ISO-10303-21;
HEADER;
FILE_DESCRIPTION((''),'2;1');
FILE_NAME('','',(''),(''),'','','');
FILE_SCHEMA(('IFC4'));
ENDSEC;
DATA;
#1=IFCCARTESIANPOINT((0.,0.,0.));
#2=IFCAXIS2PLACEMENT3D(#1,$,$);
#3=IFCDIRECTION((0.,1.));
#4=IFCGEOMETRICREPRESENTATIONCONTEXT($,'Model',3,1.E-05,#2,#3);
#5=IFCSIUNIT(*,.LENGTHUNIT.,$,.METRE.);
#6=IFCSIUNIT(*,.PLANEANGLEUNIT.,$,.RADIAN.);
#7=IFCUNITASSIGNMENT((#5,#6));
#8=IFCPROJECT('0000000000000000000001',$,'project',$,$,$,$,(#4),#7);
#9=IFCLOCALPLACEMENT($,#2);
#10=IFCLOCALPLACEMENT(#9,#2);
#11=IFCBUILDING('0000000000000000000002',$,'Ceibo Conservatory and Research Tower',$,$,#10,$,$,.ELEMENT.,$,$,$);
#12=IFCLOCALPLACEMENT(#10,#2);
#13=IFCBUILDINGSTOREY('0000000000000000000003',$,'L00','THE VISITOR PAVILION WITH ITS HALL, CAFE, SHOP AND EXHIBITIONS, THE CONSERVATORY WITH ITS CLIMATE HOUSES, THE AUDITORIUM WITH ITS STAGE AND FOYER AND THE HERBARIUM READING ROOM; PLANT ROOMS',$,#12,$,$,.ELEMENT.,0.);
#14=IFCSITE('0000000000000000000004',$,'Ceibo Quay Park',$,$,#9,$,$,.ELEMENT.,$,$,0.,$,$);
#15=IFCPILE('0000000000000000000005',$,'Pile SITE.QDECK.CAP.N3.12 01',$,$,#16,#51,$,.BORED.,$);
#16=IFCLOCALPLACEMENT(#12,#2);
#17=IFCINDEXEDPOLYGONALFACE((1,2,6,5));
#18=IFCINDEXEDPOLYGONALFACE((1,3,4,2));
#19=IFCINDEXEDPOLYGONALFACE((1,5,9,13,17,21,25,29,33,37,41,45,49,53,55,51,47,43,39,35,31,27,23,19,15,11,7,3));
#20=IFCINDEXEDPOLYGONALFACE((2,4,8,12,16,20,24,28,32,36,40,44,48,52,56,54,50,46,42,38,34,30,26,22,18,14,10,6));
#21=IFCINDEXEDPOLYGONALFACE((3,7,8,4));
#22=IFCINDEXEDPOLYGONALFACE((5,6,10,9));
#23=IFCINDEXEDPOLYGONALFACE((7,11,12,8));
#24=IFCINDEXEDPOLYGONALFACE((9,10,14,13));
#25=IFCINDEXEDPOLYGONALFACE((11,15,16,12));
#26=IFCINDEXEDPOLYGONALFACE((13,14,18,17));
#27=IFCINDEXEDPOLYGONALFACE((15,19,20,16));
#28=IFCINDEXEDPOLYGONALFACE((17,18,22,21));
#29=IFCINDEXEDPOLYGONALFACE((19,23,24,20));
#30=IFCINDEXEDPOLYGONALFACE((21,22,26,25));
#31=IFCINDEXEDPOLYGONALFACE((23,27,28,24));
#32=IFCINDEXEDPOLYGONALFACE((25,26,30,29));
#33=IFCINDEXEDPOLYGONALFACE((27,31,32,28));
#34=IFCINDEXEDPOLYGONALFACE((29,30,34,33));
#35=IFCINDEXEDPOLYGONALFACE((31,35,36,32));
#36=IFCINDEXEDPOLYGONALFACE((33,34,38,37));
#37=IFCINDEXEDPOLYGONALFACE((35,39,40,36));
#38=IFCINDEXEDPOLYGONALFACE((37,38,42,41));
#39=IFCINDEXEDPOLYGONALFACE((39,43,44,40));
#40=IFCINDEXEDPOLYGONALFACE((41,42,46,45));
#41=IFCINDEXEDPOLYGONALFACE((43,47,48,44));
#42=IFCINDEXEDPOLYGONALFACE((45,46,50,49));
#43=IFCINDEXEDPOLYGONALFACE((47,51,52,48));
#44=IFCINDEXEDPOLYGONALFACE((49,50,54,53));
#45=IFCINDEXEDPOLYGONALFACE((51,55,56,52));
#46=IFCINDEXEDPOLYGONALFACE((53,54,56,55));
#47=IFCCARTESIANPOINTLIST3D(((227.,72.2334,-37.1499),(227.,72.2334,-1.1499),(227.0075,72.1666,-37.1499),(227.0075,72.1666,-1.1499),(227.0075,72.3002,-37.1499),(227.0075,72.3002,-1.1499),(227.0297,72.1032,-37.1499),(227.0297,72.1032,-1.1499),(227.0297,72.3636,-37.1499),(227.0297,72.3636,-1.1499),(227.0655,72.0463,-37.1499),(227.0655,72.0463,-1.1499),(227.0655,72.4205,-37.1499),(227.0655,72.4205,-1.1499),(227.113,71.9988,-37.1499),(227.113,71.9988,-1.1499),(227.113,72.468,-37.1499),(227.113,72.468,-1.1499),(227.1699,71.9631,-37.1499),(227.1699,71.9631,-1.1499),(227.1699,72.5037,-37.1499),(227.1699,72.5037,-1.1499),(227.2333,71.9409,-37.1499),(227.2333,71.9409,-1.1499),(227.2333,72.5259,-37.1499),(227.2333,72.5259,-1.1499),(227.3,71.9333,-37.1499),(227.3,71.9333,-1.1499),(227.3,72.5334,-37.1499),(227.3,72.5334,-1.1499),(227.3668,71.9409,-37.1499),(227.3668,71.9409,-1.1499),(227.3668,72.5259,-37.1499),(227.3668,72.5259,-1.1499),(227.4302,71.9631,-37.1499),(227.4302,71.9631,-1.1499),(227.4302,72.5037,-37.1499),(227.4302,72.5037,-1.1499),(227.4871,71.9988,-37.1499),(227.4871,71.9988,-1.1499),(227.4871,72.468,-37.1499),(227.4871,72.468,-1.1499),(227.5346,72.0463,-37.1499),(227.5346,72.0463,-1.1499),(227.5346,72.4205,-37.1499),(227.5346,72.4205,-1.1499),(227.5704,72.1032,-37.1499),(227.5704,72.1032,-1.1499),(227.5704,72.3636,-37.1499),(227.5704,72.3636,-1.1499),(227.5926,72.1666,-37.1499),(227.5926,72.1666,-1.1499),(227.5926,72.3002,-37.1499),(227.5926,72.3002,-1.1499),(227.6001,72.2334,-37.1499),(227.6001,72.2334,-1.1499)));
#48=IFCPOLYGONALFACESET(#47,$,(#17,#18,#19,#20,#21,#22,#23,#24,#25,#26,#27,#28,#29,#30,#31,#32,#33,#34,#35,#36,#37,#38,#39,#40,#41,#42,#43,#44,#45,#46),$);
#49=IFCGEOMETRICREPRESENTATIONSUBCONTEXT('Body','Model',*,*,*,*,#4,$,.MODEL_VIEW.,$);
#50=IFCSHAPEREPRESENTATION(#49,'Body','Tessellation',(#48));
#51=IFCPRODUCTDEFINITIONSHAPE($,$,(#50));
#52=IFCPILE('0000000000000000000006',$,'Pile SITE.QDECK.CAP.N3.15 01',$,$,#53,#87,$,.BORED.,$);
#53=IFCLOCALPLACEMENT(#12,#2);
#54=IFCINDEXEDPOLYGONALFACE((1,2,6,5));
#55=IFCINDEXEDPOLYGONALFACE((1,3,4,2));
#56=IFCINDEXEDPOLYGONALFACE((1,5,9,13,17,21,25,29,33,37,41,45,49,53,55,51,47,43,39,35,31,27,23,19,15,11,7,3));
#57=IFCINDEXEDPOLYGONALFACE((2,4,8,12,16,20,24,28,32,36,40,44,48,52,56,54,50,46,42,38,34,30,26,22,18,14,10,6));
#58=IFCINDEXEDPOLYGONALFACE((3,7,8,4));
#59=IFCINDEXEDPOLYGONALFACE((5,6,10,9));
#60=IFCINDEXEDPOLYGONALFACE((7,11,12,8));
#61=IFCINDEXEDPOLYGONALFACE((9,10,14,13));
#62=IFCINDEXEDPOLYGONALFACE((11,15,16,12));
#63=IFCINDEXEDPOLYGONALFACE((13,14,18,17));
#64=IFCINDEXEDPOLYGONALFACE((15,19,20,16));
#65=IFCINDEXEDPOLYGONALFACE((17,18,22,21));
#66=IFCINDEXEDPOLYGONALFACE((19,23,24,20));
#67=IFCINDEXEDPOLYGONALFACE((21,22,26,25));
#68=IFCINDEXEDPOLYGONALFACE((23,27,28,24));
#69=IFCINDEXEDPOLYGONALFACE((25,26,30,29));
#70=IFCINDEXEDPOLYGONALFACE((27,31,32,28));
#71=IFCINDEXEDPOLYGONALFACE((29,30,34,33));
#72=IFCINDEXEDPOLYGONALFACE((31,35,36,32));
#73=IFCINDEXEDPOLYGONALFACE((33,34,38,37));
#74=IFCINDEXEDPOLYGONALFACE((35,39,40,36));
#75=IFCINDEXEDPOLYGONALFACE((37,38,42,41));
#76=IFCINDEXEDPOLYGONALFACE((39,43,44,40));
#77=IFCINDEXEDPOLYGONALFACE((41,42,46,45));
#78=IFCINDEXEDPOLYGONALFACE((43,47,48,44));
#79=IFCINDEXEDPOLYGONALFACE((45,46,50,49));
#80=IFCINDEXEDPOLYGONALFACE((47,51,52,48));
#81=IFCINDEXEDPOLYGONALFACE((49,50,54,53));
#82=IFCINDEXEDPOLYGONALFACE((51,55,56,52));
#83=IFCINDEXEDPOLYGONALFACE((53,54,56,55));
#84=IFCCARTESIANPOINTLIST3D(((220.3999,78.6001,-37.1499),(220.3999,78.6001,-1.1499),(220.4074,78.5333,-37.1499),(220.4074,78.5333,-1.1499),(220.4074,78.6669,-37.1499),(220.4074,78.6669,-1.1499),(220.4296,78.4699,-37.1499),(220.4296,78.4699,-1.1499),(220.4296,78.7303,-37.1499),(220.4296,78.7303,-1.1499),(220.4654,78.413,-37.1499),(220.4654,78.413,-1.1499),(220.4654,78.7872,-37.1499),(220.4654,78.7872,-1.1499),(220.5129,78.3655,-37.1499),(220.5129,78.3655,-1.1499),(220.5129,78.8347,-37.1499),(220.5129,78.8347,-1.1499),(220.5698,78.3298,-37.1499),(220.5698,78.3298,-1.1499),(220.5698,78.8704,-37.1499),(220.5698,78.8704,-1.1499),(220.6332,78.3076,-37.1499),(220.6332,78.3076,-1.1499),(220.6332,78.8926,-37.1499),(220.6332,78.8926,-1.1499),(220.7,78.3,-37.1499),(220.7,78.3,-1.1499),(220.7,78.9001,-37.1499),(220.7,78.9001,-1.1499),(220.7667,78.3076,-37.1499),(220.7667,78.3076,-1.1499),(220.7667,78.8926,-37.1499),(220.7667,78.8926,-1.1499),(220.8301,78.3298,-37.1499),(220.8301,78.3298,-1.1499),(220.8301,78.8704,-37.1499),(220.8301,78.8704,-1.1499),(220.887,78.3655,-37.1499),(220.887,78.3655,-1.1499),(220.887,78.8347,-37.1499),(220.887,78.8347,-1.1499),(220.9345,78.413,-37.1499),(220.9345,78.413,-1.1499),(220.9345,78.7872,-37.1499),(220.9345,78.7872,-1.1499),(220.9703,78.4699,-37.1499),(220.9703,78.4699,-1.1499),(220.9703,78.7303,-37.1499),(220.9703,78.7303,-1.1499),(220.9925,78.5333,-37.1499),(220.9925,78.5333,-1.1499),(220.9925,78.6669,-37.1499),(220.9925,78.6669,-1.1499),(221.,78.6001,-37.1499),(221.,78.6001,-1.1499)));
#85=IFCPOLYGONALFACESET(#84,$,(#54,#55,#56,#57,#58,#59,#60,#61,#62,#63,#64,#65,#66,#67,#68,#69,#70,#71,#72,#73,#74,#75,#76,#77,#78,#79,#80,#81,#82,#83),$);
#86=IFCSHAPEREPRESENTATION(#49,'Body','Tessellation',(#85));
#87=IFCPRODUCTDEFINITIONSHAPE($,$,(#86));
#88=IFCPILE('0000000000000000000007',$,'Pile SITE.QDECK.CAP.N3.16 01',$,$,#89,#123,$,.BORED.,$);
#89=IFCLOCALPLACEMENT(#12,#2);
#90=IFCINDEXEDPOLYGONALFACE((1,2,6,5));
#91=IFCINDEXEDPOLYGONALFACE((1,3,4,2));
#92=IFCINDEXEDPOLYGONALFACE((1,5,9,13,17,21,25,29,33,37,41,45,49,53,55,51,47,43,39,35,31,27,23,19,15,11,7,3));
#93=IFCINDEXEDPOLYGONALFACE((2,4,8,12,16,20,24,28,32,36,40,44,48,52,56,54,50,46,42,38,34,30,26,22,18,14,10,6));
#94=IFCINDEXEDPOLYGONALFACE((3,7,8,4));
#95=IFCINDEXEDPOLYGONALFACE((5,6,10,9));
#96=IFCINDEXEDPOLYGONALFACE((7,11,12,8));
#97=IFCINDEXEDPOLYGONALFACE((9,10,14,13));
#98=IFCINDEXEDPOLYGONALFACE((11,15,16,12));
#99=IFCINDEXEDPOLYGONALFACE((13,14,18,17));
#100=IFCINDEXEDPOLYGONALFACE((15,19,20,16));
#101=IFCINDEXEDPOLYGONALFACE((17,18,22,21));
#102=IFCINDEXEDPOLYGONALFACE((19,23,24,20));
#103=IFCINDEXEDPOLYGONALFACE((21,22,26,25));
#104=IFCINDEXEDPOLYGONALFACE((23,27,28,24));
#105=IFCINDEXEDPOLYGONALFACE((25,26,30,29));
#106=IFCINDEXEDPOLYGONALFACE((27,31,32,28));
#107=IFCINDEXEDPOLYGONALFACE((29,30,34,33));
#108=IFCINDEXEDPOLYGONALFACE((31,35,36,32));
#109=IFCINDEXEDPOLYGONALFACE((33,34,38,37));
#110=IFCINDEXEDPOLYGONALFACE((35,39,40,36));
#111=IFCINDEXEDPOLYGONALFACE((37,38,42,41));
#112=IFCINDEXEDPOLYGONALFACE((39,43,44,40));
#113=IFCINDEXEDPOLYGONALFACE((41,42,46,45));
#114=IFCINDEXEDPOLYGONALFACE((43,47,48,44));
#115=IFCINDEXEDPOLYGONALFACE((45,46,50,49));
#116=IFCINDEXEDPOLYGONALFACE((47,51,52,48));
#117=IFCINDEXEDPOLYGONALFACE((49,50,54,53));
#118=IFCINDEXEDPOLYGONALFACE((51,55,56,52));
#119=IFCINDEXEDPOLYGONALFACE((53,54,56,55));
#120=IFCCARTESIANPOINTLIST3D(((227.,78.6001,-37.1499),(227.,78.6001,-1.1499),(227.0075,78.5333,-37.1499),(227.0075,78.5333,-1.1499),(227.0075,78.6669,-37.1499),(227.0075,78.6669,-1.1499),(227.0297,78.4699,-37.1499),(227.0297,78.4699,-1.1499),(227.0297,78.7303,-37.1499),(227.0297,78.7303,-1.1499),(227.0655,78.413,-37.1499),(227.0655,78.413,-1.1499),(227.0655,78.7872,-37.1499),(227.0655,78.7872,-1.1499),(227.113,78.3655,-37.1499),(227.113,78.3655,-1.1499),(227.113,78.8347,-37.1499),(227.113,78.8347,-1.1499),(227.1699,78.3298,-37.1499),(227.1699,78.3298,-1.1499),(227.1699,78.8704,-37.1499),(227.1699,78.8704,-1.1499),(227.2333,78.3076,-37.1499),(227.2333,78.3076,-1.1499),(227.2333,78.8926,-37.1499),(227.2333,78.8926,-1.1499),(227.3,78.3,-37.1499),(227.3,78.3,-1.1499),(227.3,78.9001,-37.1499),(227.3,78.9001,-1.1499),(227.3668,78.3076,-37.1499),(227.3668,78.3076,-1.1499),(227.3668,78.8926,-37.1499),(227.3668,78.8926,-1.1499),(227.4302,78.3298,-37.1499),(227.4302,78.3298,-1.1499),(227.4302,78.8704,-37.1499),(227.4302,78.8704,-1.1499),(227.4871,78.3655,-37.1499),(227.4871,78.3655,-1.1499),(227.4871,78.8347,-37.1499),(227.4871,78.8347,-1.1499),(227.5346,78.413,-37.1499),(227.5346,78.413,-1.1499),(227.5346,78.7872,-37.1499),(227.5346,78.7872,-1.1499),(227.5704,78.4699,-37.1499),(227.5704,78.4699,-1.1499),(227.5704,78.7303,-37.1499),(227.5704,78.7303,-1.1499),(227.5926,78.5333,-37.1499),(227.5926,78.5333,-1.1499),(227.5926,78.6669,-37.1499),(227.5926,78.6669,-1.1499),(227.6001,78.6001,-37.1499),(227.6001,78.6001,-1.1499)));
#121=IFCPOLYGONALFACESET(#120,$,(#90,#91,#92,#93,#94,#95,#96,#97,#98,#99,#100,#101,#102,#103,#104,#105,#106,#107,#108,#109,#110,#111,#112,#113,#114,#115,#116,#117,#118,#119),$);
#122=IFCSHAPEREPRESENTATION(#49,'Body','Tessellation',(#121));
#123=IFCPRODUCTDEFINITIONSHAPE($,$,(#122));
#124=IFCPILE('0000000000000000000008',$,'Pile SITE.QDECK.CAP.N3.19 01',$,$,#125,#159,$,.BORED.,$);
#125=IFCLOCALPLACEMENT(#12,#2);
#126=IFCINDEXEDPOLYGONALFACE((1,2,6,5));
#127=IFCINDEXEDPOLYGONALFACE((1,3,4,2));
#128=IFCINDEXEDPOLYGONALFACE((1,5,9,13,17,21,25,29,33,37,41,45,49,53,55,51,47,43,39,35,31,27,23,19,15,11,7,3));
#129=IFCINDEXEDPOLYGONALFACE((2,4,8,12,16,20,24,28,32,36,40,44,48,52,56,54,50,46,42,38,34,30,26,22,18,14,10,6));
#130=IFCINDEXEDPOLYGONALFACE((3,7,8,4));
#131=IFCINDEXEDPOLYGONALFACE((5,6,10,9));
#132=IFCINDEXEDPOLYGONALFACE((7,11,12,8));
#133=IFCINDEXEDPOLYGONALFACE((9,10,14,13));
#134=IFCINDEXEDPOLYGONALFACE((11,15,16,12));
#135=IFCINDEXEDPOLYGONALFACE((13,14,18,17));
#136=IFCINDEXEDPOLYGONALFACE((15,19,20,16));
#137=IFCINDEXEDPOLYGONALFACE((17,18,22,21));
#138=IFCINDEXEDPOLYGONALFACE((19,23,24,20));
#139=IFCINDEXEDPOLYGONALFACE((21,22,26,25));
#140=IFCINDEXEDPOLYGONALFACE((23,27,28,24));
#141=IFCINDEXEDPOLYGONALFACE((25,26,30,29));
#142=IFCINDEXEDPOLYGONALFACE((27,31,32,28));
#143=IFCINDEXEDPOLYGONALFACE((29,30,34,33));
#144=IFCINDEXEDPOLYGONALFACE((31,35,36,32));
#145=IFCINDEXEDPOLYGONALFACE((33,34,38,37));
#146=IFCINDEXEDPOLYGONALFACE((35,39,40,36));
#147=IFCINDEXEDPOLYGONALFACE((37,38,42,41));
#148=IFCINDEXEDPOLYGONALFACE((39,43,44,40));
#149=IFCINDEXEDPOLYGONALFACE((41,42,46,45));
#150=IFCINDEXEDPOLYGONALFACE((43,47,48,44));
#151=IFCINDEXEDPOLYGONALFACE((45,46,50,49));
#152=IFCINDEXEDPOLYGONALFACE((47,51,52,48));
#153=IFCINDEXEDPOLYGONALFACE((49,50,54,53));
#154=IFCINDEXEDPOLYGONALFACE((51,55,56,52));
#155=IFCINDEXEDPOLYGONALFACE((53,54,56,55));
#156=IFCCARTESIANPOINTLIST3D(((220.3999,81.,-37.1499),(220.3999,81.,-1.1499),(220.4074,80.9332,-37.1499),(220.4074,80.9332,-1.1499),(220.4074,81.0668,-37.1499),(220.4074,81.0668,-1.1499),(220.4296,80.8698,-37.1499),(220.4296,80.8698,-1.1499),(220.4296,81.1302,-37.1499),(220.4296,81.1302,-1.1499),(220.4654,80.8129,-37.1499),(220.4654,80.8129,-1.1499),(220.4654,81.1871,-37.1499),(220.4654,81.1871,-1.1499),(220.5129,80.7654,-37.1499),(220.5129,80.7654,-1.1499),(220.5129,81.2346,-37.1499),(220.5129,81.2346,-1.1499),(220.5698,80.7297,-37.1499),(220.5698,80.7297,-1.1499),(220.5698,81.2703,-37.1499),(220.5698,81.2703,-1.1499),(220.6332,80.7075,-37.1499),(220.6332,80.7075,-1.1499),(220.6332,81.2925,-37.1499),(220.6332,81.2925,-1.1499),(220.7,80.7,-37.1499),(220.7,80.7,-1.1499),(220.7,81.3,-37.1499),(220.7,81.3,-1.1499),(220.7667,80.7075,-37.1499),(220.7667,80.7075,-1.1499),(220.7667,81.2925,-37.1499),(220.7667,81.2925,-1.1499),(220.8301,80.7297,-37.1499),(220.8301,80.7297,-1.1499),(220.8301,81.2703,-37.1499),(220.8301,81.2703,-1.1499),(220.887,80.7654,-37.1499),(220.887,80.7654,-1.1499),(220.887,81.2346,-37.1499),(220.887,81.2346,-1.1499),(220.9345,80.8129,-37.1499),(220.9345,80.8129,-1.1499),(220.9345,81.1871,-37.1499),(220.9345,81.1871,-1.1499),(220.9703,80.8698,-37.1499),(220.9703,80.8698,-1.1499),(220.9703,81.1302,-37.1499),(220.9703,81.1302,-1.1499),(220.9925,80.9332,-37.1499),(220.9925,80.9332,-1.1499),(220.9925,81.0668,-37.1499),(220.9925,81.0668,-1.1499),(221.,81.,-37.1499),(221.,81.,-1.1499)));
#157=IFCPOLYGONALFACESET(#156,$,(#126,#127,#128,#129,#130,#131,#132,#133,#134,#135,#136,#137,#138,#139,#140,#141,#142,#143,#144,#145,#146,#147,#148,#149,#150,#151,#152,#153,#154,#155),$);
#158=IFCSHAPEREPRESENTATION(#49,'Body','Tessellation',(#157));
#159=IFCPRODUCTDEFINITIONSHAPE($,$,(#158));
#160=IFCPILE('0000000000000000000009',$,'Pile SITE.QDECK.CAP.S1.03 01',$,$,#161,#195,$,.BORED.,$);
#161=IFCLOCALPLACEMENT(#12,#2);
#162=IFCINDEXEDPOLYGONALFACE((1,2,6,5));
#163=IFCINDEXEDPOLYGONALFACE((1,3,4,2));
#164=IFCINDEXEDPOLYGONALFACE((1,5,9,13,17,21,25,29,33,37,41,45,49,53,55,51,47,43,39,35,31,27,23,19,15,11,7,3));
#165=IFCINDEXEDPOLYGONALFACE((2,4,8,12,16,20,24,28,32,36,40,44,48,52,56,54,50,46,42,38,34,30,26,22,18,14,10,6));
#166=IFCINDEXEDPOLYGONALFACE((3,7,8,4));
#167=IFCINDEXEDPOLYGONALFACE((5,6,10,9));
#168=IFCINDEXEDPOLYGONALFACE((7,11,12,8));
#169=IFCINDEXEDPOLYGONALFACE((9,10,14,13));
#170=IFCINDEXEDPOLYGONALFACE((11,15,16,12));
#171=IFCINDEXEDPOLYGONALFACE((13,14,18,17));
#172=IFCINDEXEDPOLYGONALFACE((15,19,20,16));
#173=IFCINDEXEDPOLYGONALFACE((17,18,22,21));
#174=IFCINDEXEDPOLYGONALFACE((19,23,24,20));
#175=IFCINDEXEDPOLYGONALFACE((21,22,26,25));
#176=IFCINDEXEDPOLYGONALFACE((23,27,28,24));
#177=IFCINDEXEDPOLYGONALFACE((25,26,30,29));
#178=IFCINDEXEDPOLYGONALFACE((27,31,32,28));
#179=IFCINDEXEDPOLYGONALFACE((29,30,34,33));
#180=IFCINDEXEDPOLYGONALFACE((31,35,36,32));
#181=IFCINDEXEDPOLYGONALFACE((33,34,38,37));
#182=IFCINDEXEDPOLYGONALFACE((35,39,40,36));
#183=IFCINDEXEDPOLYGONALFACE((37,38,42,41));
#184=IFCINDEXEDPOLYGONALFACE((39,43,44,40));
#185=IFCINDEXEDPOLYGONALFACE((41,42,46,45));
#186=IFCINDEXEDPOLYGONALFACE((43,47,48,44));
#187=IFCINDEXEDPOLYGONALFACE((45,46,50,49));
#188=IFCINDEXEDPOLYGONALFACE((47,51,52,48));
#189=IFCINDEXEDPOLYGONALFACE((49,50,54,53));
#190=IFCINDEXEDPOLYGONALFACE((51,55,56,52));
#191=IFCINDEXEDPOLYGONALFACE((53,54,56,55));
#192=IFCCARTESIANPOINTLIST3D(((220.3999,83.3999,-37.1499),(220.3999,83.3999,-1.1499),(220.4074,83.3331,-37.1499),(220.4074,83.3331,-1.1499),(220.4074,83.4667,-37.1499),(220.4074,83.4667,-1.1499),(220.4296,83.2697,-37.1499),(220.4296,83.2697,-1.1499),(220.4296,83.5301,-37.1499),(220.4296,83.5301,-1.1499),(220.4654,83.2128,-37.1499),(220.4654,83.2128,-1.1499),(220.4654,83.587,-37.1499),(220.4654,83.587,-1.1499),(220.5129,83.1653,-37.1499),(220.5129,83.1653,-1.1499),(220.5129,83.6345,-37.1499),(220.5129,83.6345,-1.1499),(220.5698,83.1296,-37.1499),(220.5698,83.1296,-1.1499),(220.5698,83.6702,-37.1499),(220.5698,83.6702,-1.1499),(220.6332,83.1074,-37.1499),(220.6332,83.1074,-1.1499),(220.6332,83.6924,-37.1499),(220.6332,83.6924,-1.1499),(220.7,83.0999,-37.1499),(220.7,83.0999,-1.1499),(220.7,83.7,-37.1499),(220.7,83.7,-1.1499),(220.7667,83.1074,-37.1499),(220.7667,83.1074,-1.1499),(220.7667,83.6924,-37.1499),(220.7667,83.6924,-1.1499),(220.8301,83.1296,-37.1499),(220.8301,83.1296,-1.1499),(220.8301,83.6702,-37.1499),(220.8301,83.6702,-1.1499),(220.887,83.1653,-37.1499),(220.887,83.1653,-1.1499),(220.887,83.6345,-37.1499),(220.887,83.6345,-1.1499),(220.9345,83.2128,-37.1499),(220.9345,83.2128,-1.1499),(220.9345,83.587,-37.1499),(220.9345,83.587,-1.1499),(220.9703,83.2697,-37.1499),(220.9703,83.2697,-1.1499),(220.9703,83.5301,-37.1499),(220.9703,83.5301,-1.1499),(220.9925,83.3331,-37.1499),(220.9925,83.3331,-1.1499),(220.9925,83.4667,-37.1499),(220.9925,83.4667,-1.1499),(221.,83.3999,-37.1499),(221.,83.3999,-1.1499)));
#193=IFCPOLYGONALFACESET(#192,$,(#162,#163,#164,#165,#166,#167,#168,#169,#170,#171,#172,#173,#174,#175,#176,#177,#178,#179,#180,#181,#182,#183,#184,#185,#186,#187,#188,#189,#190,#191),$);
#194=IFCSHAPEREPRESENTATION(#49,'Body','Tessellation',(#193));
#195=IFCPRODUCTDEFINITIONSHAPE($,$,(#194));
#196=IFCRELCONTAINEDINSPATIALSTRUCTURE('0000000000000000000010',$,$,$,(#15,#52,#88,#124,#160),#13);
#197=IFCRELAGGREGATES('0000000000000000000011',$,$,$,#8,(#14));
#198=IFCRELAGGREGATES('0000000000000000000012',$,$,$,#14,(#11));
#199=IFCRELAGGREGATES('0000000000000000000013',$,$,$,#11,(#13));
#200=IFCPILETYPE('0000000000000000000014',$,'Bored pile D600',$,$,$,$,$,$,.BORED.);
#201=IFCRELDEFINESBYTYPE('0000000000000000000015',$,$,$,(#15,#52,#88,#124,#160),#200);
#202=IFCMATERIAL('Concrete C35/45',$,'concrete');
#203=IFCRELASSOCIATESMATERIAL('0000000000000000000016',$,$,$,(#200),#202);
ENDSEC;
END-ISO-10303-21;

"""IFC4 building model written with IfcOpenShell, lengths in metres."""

from ifc_helpers import new_model, si_unit, direction, frame, origin, origin_2d, place, context, subcontext, project, spatial, circle, extrude, material, material_profile, profile_set, type_object, element, save


model = new_model("IFC4")

# Units and contexts
model_context = context("Model", 3, precision=1e-05, world=origin(), true_north=direction((0.0, 1.0)))
body_context = subcontext(model_context, "Body", "Model", "MODEL_VIEW")
ifc_project = project(units=[si_unit("LENGTHUNIT", "METRE"), si_unit("PLANEANGLEUNIT", "RADIAN")], contexts=[model_context])

# Site, building, storey
site_placement = place(None, origin())
site = spatial("IfcSite", under=ifc_project, at=site_placement, Name="Ceibo Quay Park", CompositionType="ELEMENT", RefElevation=0.0)
building_placement = place(site_placement, origin())
building = spatial("IfcBuilding", under=site, at=building_placement, Name="Ceibo Conservatory and Research Tower", CompositionType="ELEMENT")
storey_placement = place(building_placement, origin())
storey = spatial("IfcBuildingStorey", under=building, at=storey_placement, Name="L00", Description="THE VISITOR PAVILION WITH ITS HALL, CAFE, SHOP AND EXHIBITIONS, THE CONSERVATORY WITH ITS CLIMATE HOUSES, THE AUDITORIUM WITH ITS STAGE AND FOYER AND THE HERBARIUM READING ROOM; PLANT ROOMS", CompositionType="ELEMENT", Elevation=0.0)

# Piles
ifc_material_1 = material(Name="Concrete C35/45", Category="concrete")
ifc_material_profile = material_profile(ifc_material_1, circle(Radius=0.3, at=origin_2d()), Name="RC D600")
ifc_profile_set = profile_set([ifc_material_profile], Name="Concrete C35/45")
pile_type = type_object("IfcPileType", Name="Bored pile D600", PredefinedType="BORED", material=ifc_profile_set)
for number, where, z_axis, x_axis, name in (
    (1, (227.3, 72.2334, -1.1499), (0.0, 0.0, -1.0), (1.0, 0.0, 0.0), "Pile SITE.QDECK.CAP.N3.12 01"),
    (2, (220.7, 78.6001, -1.1499), (0.0, 0.0, -1.0), (1.0, 0.0, 0.0), "Pile SITE.QDECK.CAP.N3.15 01"),
    (3, (227.3, 78.6001, -1.1499), (0.0, 0.0, -1.0), (1.0, 0.0, 0.0), "Pile SITE.QDECK.CAP.N3.16 01"),
    (4, (220.7, 81.0, -1.1499), (0.0, 0.0, -1.0), (1.0, 0.0, 0.0), "Pile SITE.QDECK.CAP.N3.19 01"),
    (5, (220.7, 83.3999, -1.1499), (0.0, 0.0, -1.0), (1.0, 0.0, 0.0), "Pile SITE.QDECK.CAP.S1.03 01"),
):
    element("IfcPile", number, at=place(storey_placement, frame(where, z_axis=z_axis, x_axis=x_axis)), inside=storey, type_object=pile_type, Name=name, PredefinedType="BORED", context=body_context, shape_type="SweptSolid", body=[
        extrude(circle(Radius=0.3, at=origin_2d()), origin(), (0.0, 0.0, 1.0), 36.0),
    ])

save(model, "model.ifc")
